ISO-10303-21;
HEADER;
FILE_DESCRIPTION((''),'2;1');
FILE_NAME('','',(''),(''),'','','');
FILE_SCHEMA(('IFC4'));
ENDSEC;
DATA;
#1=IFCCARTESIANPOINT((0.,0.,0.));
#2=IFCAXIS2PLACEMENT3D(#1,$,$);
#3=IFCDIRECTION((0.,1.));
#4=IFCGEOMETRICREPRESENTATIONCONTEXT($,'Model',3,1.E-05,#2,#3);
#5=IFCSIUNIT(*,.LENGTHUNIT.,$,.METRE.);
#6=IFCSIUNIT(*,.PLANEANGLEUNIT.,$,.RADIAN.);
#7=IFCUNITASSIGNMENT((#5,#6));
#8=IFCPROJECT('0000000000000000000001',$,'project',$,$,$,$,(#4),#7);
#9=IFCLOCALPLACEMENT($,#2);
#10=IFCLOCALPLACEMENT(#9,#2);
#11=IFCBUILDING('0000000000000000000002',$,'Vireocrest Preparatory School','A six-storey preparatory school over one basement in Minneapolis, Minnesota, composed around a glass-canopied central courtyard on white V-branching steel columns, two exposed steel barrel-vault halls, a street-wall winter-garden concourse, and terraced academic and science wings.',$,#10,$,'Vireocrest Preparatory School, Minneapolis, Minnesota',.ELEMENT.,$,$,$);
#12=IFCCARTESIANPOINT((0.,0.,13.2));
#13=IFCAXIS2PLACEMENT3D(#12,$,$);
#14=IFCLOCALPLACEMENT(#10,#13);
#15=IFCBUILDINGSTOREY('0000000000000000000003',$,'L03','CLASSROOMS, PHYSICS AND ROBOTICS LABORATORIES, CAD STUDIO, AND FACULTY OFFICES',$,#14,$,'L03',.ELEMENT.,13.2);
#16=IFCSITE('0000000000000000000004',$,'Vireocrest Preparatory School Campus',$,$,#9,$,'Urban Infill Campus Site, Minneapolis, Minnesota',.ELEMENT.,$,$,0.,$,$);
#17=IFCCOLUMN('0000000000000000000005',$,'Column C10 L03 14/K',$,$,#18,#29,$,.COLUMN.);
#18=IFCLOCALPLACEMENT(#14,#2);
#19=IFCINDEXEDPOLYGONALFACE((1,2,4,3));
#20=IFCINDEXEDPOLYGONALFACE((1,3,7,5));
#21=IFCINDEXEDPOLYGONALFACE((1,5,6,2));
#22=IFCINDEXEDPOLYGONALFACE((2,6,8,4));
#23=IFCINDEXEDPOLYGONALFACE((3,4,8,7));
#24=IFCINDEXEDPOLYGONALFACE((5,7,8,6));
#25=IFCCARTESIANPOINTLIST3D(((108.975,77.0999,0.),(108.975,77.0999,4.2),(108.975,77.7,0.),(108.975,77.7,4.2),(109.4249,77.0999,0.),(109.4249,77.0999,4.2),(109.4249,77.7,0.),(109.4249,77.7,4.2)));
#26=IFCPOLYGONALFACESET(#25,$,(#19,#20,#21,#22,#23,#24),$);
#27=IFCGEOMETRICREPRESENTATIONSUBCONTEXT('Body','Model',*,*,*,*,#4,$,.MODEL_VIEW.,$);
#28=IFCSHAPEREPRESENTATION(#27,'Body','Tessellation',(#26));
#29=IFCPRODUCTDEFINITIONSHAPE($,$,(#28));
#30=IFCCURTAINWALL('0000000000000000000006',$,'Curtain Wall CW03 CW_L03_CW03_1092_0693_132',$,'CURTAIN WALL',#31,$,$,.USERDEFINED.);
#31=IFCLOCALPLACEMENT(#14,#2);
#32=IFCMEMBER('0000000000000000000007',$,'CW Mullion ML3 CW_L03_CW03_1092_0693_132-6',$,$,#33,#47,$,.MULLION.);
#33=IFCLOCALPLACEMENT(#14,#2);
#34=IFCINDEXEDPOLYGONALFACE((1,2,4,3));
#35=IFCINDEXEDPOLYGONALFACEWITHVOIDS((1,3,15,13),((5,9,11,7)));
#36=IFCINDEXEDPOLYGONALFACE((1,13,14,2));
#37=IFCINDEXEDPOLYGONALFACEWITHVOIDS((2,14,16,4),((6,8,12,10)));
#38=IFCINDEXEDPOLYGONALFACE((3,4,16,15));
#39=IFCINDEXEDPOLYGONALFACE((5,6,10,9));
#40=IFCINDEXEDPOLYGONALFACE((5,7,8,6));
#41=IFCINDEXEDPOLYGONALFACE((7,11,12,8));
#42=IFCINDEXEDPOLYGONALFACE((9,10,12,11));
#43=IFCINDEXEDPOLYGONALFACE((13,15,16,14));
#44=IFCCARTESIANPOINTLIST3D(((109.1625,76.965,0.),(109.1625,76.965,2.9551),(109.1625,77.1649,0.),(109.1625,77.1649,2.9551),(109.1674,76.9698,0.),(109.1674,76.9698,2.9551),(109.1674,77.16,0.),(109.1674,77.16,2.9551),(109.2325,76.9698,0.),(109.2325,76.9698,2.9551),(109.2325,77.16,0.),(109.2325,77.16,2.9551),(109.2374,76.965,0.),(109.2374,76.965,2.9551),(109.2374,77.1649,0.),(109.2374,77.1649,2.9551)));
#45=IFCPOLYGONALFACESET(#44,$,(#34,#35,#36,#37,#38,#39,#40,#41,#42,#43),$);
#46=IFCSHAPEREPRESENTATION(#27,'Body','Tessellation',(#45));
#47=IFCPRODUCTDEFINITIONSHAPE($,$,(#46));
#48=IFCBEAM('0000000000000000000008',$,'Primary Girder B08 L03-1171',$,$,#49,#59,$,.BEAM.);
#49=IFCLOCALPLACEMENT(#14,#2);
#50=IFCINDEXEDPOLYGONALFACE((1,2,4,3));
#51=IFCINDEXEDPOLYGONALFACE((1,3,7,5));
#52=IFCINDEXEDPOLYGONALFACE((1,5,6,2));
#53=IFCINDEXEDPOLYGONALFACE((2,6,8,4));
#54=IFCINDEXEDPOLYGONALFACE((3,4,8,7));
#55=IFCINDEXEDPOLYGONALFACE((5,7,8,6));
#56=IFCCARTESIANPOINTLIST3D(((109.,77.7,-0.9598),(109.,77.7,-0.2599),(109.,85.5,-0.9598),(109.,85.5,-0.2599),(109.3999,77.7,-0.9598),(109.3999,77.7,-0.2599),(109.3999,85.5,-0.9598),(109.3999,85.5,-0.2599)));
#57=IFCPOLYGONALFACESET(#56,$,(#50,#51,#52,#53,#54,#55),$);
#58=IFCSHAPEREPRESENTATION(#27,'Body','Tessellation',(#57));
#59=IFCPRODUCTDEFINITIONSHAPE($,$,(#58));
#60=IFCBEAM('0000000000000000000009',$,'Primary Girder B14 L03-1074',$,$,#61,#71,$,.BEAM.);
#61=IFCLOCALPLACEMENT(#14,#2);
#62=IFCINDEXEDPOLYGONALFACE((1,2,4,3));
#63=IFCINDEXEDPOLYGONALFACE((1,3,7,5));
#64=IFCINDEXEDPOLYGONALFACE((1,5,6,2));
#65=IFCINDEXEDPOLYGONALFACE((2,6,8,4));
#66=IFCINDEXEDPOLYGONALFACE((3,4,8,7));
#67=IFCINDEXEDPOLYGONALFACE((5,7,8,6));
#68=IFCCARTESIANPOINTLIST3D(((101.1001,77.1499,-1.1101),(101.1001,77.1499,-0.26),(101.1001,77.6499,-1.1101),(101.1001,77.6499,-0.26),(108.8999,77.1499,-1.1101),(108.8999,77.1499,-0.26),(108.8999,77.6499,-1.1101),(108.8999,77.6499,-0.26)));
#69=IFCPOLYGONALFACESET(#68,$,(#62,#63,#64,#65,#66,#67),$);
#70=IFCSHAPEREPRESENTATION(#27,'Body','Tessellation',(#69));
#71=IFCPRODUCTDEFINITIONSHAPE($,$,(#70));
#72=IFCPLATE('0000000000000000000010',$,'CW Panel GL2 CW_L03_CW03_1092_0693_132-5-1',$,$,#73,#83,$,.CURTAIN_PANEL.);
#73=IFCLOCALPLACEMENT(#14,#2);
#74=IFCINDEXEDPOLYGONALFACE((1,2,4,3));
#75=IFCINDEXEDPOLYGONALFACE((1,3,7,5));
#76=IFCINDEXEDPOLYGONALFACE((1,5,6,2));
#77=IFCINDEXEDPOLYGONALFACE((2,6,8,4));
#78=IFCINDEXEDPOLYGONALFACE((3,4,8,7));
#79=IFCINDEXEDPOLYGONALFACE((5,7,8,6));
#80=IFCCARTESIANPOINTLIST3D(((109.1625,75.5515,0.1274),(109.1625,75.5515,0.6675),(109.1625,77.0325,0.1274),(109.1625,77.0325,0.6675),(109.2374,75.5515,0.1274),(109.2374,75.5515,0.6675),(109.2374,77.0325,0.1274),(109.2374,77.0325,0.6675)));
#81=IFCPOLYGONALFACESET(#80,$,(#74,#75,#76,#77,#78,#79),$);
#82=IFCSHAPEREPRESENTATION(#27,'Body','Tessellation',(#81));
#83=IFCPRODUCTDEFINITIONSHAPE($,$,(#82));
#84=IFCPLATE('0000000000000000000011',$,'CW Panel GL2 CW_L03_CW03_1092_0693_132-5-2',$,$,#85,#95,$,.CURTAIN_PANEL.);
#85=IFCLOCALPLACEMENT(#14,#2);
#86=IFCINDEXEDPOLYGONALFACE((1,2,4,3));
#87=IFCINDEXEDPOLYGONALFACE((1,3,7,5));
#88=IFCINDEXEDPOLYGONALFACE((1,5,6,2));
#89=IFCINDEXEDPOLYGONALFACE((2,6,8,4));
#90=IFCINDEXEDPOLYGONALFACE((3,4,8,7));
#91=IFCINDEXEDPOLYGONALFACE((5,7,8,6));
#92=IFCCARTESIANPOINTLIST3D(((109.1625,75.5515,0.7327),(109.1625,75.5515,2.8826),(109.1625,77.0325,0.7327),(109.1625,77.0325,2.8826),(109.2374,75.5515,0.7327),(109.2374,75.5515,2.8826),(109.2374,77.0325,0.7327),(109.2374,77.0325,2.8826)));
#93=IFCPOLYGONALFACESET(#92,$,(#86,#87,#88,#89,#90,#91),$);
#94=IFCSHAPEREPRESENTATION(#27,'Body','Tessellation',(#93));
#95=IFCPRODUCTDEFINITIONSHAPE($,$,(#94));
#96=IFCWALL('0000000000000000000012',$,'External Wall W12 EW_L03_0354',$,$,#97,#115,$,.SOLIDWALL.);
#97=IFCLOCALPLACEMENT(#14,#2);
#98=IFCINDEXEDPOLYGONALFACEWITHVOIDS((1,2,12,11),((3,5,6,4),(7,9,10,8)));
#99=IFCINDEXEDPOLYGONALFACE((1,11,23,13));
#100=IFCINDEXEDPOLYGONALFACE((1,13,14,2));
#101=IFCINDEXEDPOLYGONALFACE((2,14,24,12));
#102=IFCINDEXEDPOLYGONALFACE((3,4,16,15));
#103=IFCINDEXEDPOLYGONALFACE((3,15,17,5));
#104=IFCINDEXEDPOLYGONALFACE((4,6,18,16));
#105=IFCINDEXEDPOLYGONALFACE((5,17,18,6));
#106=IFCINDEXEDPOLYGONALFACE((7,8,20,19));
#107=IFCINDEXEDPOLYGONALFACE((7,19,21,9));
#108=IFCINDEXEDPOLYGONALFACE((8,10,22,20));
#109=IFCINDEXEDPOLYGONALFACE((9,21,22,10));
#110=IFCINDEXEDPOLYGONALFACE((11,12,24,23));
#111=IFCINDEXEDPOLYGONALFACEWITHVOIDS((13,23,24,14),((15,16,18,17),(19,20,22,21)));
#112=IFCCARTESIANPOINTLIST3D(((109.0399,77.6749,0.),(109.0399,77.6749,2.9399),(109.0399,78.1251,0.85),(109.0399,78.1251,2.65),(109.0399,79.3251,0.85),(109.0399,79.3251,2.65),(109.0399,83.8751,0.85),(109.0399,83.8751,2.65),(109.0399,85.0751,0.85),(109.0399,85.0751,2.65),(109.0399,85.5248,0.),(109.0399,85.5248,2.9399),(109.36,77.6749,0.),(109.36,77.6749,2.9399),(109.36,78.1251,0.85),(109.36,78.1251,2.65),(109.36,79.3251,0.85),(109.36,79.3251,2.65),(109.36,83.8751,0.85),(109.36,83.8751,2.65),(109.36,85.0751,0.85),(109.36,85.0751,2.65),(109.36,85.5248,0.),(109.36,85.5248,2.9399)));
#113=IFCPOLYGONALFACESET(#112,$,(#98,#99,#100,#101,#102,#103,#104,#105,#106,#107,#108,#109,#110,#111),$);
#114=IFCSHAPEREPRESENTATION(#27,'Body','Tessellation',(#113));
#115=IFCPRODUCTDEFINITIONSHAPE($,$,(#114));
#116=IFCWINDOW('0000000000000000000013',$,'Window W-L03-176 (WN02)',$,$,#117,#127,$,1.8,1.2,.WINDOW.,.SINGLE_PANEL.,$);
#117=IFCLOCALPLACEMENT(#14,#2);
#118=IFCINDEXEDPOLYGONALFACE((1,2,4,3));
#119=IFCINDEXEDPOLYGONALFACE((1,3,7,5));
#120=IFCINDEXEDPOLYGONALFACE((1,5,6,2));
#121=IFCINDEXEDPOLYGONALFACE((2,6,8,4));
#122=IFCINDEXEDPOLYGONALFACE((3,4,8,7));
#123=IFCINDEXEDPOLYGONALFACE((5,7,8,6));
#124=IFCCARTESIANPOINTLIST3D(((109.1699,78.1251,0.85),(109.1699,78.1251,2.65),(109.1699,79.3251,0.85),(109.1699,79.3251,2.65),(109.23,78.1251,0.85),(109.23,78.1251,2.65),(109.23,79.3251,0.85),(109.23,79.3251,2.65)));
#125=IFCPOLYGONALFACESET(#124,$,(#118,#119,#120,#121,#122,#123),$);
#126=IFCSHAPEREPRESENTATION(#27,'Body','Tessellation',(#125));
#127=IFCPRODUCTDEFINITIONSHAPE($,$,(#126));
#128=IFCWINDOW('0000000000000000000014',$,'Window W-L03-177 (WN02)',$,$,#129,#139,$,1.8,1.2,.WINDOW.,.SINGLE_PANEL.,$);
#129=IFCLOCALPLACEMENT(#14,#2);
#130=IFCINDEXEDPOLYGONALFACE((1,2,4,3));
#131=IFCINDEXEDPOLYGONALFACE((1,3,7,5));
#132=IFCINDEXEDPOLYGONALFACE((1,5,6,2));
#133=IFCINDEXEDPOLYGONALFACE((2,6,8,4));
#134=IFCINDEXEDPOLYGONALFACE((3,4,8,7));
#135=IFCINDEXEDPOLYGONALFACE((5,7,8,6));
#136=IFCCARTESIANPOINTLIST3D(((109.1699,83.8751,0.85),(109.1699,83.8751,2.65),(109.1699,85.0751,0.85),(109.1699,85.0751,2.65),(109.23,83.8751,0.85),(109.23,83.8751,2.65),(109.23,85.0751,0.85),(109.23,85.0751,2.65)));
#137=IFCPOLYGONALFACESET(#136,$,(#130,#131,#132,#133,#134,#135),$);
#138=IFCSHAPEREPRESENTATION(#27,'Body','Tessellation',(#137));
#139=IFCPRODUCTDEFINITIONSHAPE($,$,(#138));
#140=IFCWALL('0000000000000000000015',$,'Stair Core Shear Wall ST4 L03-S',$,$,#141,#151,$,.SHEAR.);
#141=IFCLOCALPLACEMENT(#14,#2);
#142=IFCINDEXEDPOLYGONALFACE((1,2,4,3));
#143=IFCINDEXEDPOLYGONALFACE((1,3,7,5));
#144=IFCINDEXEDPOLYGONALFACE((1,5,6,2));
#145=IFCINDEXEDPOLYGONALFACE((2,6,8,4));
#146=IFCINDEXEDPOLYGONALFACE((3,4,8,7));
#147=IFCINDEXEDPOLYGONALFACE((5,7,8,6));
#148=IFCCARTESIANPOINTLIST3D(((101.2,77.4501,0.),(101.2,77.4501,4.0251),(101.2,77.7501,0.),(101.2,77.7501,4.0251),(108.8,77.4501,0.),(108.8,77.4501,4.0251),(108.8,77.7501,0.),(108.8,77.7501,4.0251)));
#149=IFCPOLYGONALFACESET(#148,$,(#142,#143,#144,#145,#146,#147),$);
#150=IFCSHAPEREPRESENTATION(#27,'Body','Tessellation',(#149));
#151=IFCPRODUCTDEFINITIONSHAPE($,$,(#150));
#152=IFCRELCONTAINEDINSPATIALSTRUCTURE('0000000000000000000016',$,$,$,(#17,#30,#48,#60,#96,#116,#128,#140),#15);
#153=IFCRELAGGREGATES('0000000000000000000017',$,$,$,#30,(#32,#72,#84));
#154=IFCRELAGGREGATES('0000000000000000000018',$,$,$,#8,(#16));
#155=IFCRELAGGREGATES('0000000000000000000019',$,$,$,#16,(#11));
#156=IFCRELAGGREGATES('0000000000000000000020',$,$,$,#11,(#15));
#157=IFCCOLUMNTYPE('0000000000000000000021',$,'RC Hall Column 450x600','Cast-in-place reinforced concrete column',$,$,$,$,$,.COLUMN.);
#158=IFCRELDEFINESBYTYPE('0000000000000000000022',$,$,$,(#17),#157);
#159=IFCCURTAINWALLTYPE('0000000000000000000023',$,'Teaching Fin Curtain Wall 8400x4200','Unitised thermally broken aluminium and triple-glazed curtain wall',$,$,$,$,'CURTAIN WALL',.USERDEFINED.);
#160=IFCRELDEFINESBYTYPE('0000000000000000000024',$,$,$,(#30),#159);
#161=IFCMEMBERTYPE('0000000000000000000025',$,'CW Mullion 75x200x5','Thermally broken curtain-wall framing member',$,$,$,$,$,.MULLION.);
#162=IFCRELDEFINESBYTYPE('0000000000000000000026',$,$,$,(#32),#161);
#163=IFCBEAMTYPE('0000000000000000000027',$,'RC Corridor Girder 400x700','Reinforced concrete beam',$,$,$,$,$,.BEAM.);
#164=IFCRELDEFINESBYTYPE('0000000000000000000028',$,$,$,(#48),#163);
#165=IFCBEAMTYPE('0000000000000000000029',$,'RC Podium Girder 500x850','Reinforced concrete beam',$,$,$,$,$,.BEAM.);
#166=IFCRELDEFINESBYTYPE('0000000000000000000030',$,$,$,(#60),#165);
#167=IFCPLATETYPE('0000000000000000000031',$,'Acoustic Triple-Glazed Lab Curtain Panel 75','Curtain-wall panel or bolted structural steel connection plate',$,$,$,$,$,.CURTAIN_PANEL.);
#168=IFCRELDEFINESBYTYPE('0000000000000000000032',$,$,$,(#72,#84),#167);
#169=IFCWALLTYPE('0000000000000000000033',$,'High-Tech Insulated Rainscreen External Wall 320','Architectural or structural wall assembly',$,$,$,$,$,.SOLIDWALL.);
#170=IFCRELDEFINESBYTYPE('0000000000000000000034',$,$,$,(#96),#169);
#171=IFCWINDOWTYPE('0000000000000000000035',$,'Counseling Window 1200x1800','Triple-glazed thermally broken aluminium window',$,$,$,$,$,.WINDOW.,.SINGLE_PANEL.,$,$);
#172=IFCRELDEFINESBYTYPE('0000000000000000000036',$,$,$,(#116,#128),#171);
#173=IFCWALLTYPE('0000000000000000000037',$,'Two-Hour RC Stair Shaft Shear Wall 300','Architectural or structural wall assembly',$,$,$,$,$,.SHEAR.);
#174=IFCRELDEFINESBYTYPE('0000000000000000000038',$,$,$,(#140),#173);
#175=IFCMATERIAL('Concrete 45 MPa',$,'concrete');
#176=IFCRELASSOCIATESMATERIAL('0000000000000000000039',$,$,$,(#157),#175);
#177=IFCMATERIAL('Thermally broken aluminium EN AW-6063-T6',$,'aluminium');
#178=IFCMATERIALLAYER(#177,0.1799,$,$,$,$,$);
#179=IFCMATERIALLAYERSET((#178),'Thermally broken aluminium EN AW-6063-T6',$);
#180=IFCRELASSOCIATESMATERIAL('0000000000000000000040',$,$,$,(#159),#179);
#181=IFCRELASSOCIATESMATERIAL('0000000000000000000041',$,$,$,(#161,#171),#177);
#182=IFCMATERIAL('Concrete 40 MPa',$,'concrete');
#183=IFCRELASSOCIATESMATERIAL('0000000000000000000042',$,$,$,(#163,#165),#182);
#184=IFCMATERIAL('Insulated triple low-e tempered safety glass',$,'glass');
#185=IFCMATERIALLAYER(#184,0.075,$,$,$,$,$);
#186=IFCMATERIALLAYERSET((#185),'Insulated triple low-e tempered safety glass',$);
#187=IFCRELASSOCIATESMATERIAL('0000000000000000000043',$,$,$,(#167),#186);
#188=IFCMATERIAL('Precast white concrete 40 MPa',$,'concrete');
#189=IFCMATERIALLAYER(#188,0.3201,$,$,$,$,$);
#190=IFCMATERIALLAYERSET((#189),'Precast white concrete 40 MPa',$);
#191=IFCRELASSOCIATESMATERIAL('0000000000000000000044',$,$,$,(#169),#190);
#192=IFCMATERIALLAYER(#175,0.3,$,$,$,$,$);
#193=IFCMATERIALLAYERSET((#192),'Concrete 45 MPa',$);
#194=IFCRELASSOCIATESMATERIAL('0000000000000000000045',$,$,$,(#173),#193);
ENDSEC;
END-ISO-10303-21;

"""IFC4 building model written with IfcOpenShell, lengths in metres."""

from ifc_helpers import new_model, si_unit, direction, frame, frame_2d, origin, origin_2d, place, context, subcontext, project, spatial, rectangle, hollow_rectangle, extrude, material, layer, layer_set, material_profile, profile_set, type_object, element, fill, aggregate, save


model = new_model("IFC4")

# Units and contexts
model_context = context("Model", 3, precision=1e-05, world=origin(), true_north=direction((0.0, 1.0)))
body_context = subcontext(model_context, "Body", "Model", "MODEL_VIEW")
ifc_project = project(units=[si_unit("LENGTHUNIT", "METRE"), si_unit("PLANEANGLEUNIT", "RADIAN")], contexts=[model_context])

# Site, building, storey
site_placement = place(None, origin())
site = spatial("IfcSite", under=ifc_project, at=site_placement, Name="Vireocrest Preparatory School Campus", LongName="Urban Infill Campus Site, Minneapolis, Minnesota", CompositionType="ELEMENT", RefElevation=0.0)
building_placement = place(site_placement, origin())
building = spatial("IfcBuilding", under=site, at=building_placement, Name="Vireocrest Preparatory School", Description="A six-storey preparatory school over one basement in Minneapolis, Minnesota, composed around a glass-canopied central courtyard on white V-branching steel columns, two exposed steel barrel-vault halls, a street-wall winter-garden concourse, and terraced academic and science wings.", LongName="Vireocrest Preparatory School, Minneapolis, Minnesota", CompositionType="ELEMENT")
storey_placement = place(building_placement, frame((0.0, 0.0, 13.2)))
storey = spatial("IfcBuildingStorey", under=building, at=storey_placement, Name="L03", Description="CLASSROOMS, PHYSICS AND ROBOTICS LABORATORIES, CAD STUDIO, AND FACULTY OFFICES", LongName="L03", CompositionType="ELEMENT", Elevation=13.2)

# Column
ifc_material_1 = material(Name="Concrete 45 MPa", Category="concrete")
ifc_material_profile_1 = material_profile(ifc_material_1, rectangle(XDim=0.45, YDim=0.6001, at=origin_2d()), Name="RC 450x600")
ifc_profile_set_1 = profile_set([ifc_material_profile_1], Name="Concrete 45 MPa")
column_type = type_object("IfcColumnType", Name="RC Hall Column 450x600", Description="Cast-in-place reinforced concrete column", PredefinedType="COLUMN", material=ifc_profile_set_1)
column_placement = place(storey_placement, frame((109.2, 77.3999, 0.0), z_axis=(0.0, 0.0, 1.0), x_axis=(1.0, 0.0, 0.0)))
element("IfcColumn", 1, at=column_placement, inside=storey, type_object=column_type, Name="Column C10 L03 14/K", PredefinedType="COLUMN", context=body_context, shape_type="SweptSolid", body=[
    extrude(rectangle(XDim=0.45, YDim=0.6001, at=origin_2d()), origin(), (0.0, 0.0, 1.0), 4.2),
])

# Curtain wall, member
ifc_material_2 = material(Name="Thermally broken aluminium EN AW-6063-T6", Category="aluminium")
ifc_layer_1 = layer(ifc_material_2, 0.1799)
ifc_layer_set_1 = layer_set([ifc_layer_1], Name="Thermally broken aluminium EN AW-6063-T6")
curtain_wall_type = type_object("IfcCurtainWallType", Name="Teaching Fin Curtain Wall 8400x4200", Description="Unitised thermally broken aluminium and triple-glazed curtain wall", ElementType="CURTAIN WALL", PredefinedType="USERDEFINED", material=ifc_layer_set_1)
curtain_wall_placement = place(storey_placement, origin())
curtain_wall = element("IfcCurtainWall", 2, at=curtain_wall_placement, inside=storey, type_object=curtain_wall_type, Name="Curtain Wall CW03 CW_L03_CW03_1092_0693_132", ObjectType="CURTAIN WALL", PredefinedType="USERDEFINED")
ifc_material_profile_2 = material_profile(ifc_material_2, hollow_rectangle(XDim=0.075, YDim=0.2, WallThickness=0.0049, at=origin_2d()), Name="ALU 75x200x5")
ifc_profile_set_2 = profile_set([ifc_material_profile_2], Name="Thermally broken aluminium EN AW-6063-T6")
member_type = type_object("IfcMemberType", Name="CW Mullion 75x200x5", Description="Thermally broken curtain-wall framing member", PredefinedType="MULLION", material=ifc_profile_set_2)
member_placement = place(storey_placement, frame((109.2, 77.0649, 0.0), z_axis=(0.0, 0.0, 1.0), x_axis=(1.0, 0.0, 0.0)))
member = element("IfcMember", 3, at=member_placement, type_object=member_type, Name="CW Mullion ML3 CW_L03_CW03_1092_0693_132-6", PredefinedType="MULLION", context=body_context, shape_type="SweptSolid", body=[
    extrude(hollow_rectangle(XDim=0.075, YDim=0.2, WallThickness=0.0049, at=origin_2d()), origin(), (0.0, 0.0, 1.0), 2.9551),
])

# Beams
ifc_material_3 = material(Name="Concrete 40 MPa", Category="concrete")
ifc_material_profile_3 = material_profile(ifc_material_3, rectangle(XDim=0.3999, YDim=0.7, at=origin_2d()), Name="RC 400x700")
ifc_profile_set_3 = profile_set([ifc_material_profile_3], Name="Concrete 40 MPa")
beam_type_1 = type_object("IfcBeamType", Name="RC Corridor Girder 400x700", Description="Reinforced concrete beam", PredefinedType="BEAM", material=ifc_profile_set_3)
beam_1_placement = place(storey_placement, frame((109.2, 77.7, -0.6099), z_axis=(0.0, 1.0, 0.0), x_axis=(-1.0, 0.0, 0.0)))
element("IfcBeam", 4, at=beam_1_placement, inside=storey, type_object=beam_type_1, Name="Primary Girder B08 L03-1171", PredefinedType="BEAM", context=body_context, shape_type="SweptSolid", body=[
    extrude(rectangle(XDim=0.3999, YDim=0.7, at=origin_2d()), origin(), (0.0, 0.0, 1.0), 7.8),
])
ifc_material_profile_4 = material_profile(ifc_material_3, rectangle(XDim=0.5, YDim=0.8501, at=origin_2d()), Name="RC 500x850")
ifc_profile_set_4 = profile_set([ifc_material_profile_4], Name="Concrete 40 MPa")
beam_type_2 = type_object("IfcBeamType", Name="RC Podium Girder 500x850", Description="Reinforced concrete beam", PredefinedType="BEAM", material=ifc_profile_set_4)
beam_2_placement = place(storey_placement, frame((101.1001, 77.3999, -0.6851), z_axis=(1.0, 0.0, 0.0), x_axis=(0.0, 1.0, 0.0)))
element("IfcBeam", 5, at=beam_2_placement, inside=storey, type_object=beam_type_2, Name="Primary Girder B14 L03-1074", PredefinedType="BEAM", context=body_context, shape_type="SweptSolid", body=[
    extrude(rectangle(XDim=0.5, YDim=0.8501, at=origin_2d()), origin(), (0.0, 0.0, 1.0), 7.7998),
])

# Plates
ifc_material_4 = material(Name="Insulated triple low-e tempered safety glass", Category="glass")
ifc_layer_2 = layer(ifc_material_4, 0.075)
ifc_layer_set_2 = layer_set([ifc_layer_2], Name="Insulated triple low-e tempered safety glass")
plate_type = type_object("IfcPlateType", Name="Acoustic Triple-Glazed Lab Curtain Panel 75", Description="Curtain-wall panel or bolted structural steel connection plate", PredefinedType="CURTAIN_PANEL", material=ifc_layer_set_2)
plate_1_placement = place(storey_placement, frame((109.2, 76.292, 0.1274), z_axis=(0.0, 0.0, 1.0), x_axis=(0.0, 1.0, 0.0)))
plate_1 = element("IfcPlate", 6, at=plate_1_placement, type_object=plate_type, Name="CW Panel GL2 CW_L03_CW03_1092_0693_132-5-1", PredefinedType="CURTAIN_PANEL", context=body_context, shape_type="SweptSolid", body=[
    extrude(rectangle(XDim=1.481, YDim=0.075, at=origin_2d()), origin(), (0.0, 0.0, 1.0), 0.54),
])
plate_2_placement = place(storey_placement, frame((109.2, 76.292, 0.7327), z_axis=(0.0, 0.0, 1.0), x_axis=(0.0, 1.0, 0.0)))
plate_2 = element("IfcPlate", 7, at=plate_2_placement, type_object=plate_type, Name="CW Panel GL2 CW_L03_CW03_1092_0693_132-5-2", PredefinedType="CURTAIN_PANEL", context=body_context, shape_type="SweptSolid", body=[
    extrude(rectangle(XDim=1.481, YDim=0.075, at=origin_2d()), origin(), (0.0, 0.0, 1.0), 2.1499),
])
aggregate(curtain_wall, [member, plate_1, plate_2])

# Wall, openings, windows
ifc_material_5 = material(Name="Precast white concrete 40 MPa", Category="concrete")
ifc_layer_3 = layer(ifc_material_5, 0.3201)
ifc_layer_set_3 = layer_set([ifc_layer_3], Name="Precast white concrete 40 MPa")
wall_type_1 = type_object("IfcWallType", Name="High-Tech Insulated Rainscreen External Wall 320", Description="Architectural or structural wall assembly", PredefinedType="SOLIDWALL", material=ifc_layer_set_3)
wall_1_placement = place(storey_placement, frame((109.2, 77.675, 0.0), z_axis=(0.0, 0.0, 1.0), x_axis=(0.0, 1.0, 0.0)))
wall_1 = element("IfcWall", 8, at=wall_1_placement, inside=storey, type_object=wall_type_1, Name="External Wall W12 EW_L03_0354", PredefinedType="SOLIDWALL", context=body_context, shape_type="SweptSolid", body=[
    extrude(rectangle(XDim=7.8499, YDim=0.3201, at=frame_2d((3.9248, 0.0))), origin(), (0.0, 0.0, 1.0), 2.9399),
])
opening_1_placement = place(wall_1_placement, frame((0.45, 0.0, 0.8501)))
opening_1 = element("IfcOpeningElement", 9, at=opening_1_placement, cuts=wall_1, PredefinedType="OPENING", context=body_context, shape_type="SweptSolid", body=[
    extrude(rectangle(XDim=1.2, YDim=1.8, at=frame_2d((0.6001, 0.8999))), frame((0.0, 0.1699, 0.0), z_axis=(0.0, -1.0, 0.0), x_axis=(1.0, 0.0, 0.0)), (0.0, 0.0, 1.0), 0.3401),
])
opening_2_placement = place(wall_1_placement, frame((6.2, 0.0, 0.8501)))
opening_2 = element("IfcOpeningElement", 10, at=opening_2_placement, cuts=wall_1, PredefinedType="OPENING", context=body_context, shape_type="SweptSolid", body=[
    extrude(rectangle(XDim=1.2, YDim=1.8, at=frame_2d((0.6001, 0.8999))), frame((0.0, 0.1699, 0.0), z_axis=(0.0, -1.0, 0.0), x_axis=(1.0, 0.0, 0.0)), (0.0, 0.0, 1.0), 0.3401),
])
window_type = type_object("IfcWindowType", Name="Counseling Window 1200x1800", Description="Triple-glazed thermally broken aluminium window", PartitioningType="SINGLE_PANEL", PredefinedType="WINDOW", material=ifc_material_2)
window_1_placement = place(opening_1_placement, origin())
window_1 = element("IfcWindow", 11, at=window_1_placement, inside=storey, type_object=window_type, Name="Window W-L03-176 (WN02)", OverallHeight=1.8, OverallWidth=1.2, PartitioningType="SINGLE_PANEL", PredefinedType="WINDOW", context=body_context, shape_type="SweptSolid", body=[
    extrude(rectangle(XDim=1.2, YDim=1.8, at=frame_2d((0.6001, 0.8999))), frame((0.0, 0.03, 0.0), z_axis=(0.0, -1.0, 0.0), x_axis=(1.0, 0.0, 0.0)), (0.0, 0.0, 1.0), 0.0601),
])
fill(opening_1, window_1)
window_2_placement = place(opening_2_placement, origin())
window_2 = element("IfcWindow", 12, at=window_2_placement, inside=storey, type_object=window_type, Name="Window W-L03-177 (WN02)", OverallHeight=1.8, OverallWidth=1.2, PartitioningType="SINGLE_PANEL", PredefinedType="WINDOW", context=body_context, shape_type="SweptSolid", body=[
    extrude(rectangle(XDim=1.2, YDim=1.8, at=frame_2d((0.6001, 0.8999))), frame((0.0, 0.03, 0.0), z_axis=(0.0, -1.0, 0.0), x_axis=(1.0, 0.0, 0.0)), (0.0, 0.0, 1.0), 0.0601),
])
fill(opening_2, window_2)

# Wall
ifc_layer_4 = layer(ifc_material_1, 0.3)
ifc_layer_set_4 = layer_set([ifc_layer_4], Name="Concrete 45 MPa")
wall_type_2 = type_object("IfcWallType", Name="Two-Hour RC Stair Shaft Shear Wall 300", Description="Architectural or structural wall assembly", PredefinedType="SHEAR", material=ifc_layer_set_4)
wall_2_placement = place(storey_placement, frame((101.2, 77.6001, 0.0), z_axis=(0.0, 0.0, 1.0), x_axis=(1.0, 0.0, 0.0)))
element("IfcWall", 13, at=wall_2_placement, inside=storey, type_object=wall_type_2, Name="Stair Core Shear Wall ST4 L03-S", PredefinedType="SHEAR", context=body_context, shape_type="SweptSolid", body=[
    extrude(rectangle(XDim=7.6001, YDim=0.3, at=frame_2d((3.8, 0.0))), origin(), (0.0, 0.0, 1.0), 4.0251),
])

save(model, "model.ifc")
